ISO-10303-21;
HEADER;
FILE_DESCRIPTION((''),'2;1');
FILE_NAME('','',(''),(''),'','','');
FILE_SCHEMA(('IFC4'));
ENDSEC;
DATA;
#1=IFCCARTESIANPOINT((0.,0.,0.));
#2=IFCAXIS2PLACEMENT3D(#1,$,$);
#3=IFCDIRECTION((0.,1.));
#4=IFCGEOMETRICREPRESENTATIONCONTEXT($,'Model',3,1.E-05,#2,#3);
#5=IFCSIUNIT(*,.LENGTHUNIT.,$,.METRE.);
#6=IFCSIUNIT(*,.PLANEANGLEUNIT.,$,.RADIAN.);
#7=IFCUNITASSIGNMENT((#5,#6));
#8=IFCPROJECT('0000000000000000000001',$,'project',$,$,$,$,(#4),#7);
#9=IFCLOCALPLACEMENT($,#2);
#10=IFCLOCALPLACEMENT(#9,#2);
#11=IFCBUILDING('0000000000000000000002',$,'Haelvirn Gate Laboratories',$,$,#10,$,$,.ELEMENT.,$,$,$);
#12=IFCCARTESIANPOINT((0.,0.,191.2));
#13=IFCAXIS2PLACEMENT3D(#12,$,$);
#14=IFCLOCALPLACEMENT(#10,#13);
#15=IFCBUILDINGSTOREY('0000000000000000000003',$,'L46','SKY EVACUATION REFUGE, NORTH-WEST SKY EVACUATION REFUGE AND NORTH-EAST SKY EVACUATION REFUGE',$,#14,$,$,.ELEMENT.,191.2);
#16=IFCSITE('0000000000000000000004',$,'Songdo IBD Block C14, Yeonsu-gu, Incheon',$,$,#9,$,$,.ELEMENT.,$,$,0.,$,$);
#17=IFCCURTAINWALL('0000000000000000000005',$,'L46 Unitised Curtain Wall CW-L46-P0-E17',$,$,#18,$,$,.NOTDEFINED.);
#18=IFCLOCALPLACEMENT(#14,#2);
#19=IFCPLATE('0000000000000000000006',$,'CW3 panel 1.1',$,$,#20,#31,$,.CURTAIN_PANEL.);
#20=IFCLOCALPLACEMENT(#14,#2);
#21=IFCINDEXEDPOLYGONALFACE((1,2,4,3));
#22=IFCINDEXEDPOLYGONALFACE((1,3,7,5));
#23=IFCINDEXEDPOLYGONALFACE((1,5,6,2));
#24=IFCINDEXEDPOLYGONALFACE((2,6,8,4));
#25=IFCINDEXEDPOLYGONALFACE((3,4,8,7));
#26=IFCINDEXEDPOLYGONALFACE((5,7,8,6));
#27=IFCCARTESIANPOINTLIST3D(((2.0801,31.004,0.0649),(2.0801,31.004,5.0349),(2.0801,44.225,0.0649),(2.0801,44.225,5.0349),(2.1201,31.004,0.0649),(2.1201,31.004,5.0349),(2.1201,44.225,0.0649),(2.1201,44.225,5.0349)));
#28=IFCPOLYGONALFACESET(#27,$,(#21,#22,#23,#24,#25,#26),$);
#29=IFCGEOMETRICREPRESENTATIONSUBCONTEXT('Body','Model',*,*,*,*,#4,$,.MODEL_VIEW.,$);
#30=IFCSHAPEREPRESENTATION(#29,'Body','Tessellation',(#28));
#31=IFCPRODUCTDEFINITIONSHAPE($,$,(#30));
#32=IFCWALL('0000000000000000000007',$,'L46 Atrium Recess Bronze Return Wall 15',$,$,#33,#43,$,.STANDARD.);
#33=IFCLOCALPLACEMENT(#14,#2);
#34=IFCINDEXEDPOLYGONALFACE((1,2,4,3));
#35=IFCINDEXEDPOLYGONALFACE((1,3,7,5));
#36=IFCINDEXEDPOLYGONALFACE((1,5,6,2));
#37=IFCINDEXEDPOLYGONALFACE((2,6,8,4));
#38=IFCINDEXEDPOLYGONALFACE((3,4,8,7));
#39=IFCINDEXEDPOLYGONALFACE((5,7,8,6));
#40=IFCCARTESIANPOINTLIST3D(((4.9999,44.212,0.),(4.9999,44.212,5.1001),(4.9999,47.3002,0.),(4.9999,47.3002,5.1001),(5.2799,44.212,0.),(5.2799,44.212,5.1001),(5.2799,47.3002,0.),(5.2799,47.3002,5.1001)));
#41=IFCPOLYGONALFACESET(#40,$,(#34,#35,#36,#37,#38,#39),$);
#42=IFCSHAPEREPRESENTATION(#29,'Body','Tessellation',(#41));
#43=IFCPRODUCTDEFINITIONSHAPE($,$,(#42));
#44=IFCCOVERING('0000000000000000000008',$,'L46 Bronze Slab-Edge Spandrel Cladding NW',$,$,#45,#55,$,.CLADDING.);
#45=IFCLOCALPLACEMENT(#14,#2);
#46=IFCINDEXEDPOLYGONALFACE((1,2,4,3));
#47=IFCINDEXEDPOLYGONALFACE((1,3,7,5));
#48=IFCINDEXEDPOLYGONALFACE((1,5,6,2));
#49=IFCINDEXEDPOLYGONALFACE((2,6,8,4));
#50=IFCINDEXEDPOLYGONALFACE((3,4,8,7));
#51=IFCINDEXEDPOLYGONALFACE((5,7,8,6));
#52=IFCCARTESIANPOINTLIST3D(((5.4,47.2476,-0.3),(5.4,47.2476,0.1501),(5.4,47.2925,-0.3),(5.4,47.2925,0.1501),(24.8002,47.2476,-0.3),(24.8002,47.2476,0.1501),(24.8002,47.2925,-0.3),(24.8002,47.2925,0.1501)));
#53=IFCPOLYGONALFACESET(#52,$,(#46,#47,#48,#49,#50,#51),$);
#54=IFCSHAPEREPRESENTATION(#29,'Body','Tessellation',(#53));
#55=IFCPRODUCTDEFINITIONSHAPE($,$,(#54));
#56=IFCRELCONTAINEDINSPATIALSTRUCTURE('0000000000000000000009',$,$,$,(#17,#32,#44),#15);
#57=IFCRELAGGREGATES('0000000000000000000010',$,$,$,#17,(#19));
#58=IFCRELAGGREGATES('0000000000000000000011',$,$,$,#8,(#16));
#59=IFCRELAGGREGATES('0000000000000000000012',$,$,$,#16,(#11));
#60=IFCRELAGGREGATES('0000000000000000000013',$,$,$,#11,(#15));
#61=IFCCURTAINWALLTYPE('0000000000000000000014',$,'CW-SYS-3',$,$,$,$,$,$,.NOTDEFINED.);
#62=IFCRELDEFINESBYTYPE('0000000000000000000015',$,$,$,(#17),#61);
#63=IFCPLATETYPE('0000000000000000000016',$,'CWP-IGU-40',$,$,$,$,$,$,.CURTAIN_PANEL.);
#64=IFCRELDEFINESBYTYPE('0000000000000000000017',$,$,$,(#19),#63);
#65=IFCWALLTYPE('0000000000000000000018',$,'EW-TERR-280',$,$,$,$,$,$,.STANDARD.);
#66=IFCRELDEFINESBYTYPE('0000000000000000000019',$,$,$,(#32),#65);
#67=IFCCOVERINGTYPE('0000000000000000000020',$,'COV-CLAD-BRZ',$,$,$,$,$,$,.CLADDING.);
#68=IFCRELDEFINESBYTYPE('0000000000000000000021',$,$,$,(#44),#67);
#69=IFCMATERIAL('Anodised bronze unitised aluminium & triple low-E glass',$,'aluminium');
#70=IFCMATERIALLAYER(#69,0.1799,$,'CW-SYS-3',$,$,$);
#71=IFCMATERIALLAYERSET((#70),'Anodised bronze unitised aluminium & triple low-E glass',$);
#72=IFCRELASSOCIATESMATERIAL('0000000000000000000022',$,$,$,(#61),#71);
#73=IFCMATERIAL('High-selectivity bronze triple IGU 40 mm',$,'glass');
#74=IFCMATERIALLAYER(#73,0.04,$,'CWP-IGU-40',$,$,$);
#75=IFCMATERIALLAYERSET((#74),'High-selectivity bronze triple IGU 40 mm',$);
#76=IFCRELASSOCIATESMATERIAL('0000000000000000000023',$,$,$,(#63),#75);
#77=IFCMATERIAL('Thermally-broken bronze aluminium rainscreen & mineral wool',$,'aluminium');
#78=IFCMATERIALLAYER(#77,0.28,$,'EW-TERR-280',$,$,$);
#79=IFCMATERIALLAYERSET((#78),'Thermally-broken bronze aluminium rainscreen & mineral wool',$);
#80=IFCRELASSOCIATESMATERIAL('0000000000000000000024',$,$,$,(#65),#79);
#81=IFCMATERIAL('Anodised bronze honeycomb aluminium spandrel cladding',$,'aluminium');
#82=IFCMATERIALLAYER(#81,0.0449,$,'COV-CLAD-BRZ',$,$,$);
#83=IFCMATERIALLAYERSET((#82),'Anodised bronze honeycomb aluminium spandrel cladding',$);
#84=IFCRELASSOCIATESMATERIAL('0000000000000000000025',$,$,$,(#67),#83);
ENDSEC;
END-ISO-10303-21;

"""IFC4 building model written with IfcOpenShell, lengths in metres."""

from ifc_helpers import new_model, si_unit, direction, frame, frame_2d, origin, origin_2d, place, context, subcontext, project, spatial, rectangle, extrude, source, transform, mapped, material, layer, layer_set, type_object, element, aggregate, save


model = new_model("IFC4")

# Units and contexts
model_context = context("Model", 3, precision=1e-05, world=origin(), true_north=direction((0.0, 1.0)))
body_context = subcontext(model_context, "Body", "Model", "MODEL_VIEW")
ifc_project = project(units=[si_unit("LENGTHUNIT", "METRE"), si_unit("PLANEANGLEUNIT", "RADIAN")], contexts=[model_context])

# Site, building, storey
site_placement = place(None, origin())
site = spatial("IfcSite", under=ifc_project, at=site_placement, Name="Songdo IBD Block C14, Yeonsu-gu, Incheon", CompositionType="ELEMENT", RefElevation=0.0)
building_placement = place(site_placement, origin())
building = spatial("IfcBuilding", under=site, at=building_placement, Name="Haelvirn Gate Laboratories", CompositionType="ELEMENT")
storey_placement = place(building_placement, frame((0.0, 0.0, 191.2)))
storey = spatial("IfcBuildingStorey", under=building, at=storey_placement, Name="L46", Description="SKY EVACUATION REFUGE, NORTH-WEST SKY EVACUATION REFUGE AND NORTH-EAST SKY EVACUATION REFUGE", CompositionType="ELEMENT", Elevation=191.2)

# Curtain wall
ifc_material_1 = material(Name="Anodised bronze unitised aluminium & triple low-E glass", Category="aluminium")
ifc_layer_1 = layer(ifc_material_1, 0.1799, Name="CW-SYS-3")
ifc_layer_set_1 = layer_set([ifc_layer_1], Name="Anodised bronze unitised aluminium & triple low-E glass")
curtain_wall_type_1 = type_object("IfcCurtainWallType", Name="CW-SYS-3", PredefinedType="NOTDEFINED", material=ifc_layer_set_1)
curtain_wall_1_placement = place(storey_placement, origin())
curtain_wall_1 = element("IfcCurtainWall", 1, at=curtain_wall_1_placement, inside=storey, type_object=curtain_wall_type_1, Name="L46 Unitised Curtain Wall CW-L46-P0-E17", PredefinedType="NOTDEFINED")

# Plate
ifc_material_2 = material(Name="High-selectivity bronze triple IGU 40 mm", Category="glass")
ifc_layer_2 = layer(ifc_material_2, 0.04, Name="CWP-IGU-40")
ifc_layer_set_2 = layer_set([ifc_layer_2], Name="High-selectivity bronze triple IGU 40 mm")
plate_type_1 = type_object("IfcPlateType", Name="CWP-IGU-40", PredefinedType="CURTAIN_PANEL", material=ifc_layer_set_2)
shared_shape_1 = source(origin(), body_context, "Body", "SweptSolid", [
    extrude(rectangle(XDim=13.2209, YDim=0.04, at=origin_2d()), origin(), (0.0, 0.0, 1.0), 4.97),
])
plate_1_placement = place(storey_placement, frame((2.1001, 37.6145, 0.0649), z_axis=(0.0, 0.0, 1.0), x_axis=(0.0, -1.0, 0.0)))
plate_1 = element("IfcPlate", 2, at=plate_1_placement, type_object=plate_type_1, Name="CW3 panel 1.1", PredefinedType="CURTAIN_PANEL", context=body_context, shape_type="MappedRepresentation", body=[
    mapped(shared_shape_1, transform((0.0, 0.0, 0.0), scale=1.0)),
])
aggregate(curtain_wall_1, [plate_1])

# Wall
ifc_material_3 = material(Name="Thermally-broken bronze aluminium rainscreen & mineral wool", Category="aluminium")
ifc_layer_3 = layer(ifc_material_3, 0.28, Name="EW-TERR-280")
ifc_layer_set_3 = layer_set([ifc_layer_3], Name="Thermally-broken bronze aluminium rainscreen & mineral wool")
wall_type = type_object("IfcWallType", Name="EW-TERR-280", PredefinedType="STANDARD", material=ifc_layer_set_3)
wall_placement = place(storey_placement, frame((5.1399, 47.3, 0.0), z_axis=(0.0, 0.0, 1.0), x_axis=(0.0, -1.0, 0.0)))
element("IfcWall", 3, at=wall_placement, inside=storey, type_object=wall_type, Name="L46 Atrium Recess Bronze Return Wall 15", PredefinedType="STANDARD", context=body_context, shape_type="SweptSolid", body=[
    extrude(rectangle(XDim=3.0881, YDim=0.28, at=frame_2d((1.5439, 0.0))), origin(), (0.0, 0.0, 1.0), 5.1001),
])

# Covering
ifc_material_4 = material(Name="Anodised bronze honeycomb aluminium spandrel cladding", Category="aluminium")
ifc_layer_4 = layer(ifc_material_4, 0.0449, Name="COV-CLAD-BRZ")
ifc_layer_set_4 = layer_set([ifc_layer_4], Name="Anodised bronze honeycomb aluminium spandrel cladding")
covering_type = type_object("IfcCoveringType", Name="COV-CLAD-BRZ", PredefinedType="CLADDING", material=ifc_layer_set_4)
covering_placement = place(storey_placement, frame((5.3999, 47.27, -0.3), z_axis=(0.0, 0.0, 1.0), x_axis=(1.0, 0.0, 0.0)))
element("IfcCovering", 4, at=covering_placement, inside=storey, type_object=covering_type, Name="L46 Bronze Slab-Edge Spandrel Cladding NW", PredefinedType="CLADDING", context=body_context, shape_type="SweptSolid", body=[
    extrude(rectangle(XDim=19.4001, YDim=0.0449, at=frame_2d((9.7002, 0.0))), origin(), (0.0, 0.0, 1.0), 0.4502),
])

save(model, "model.ifc")
